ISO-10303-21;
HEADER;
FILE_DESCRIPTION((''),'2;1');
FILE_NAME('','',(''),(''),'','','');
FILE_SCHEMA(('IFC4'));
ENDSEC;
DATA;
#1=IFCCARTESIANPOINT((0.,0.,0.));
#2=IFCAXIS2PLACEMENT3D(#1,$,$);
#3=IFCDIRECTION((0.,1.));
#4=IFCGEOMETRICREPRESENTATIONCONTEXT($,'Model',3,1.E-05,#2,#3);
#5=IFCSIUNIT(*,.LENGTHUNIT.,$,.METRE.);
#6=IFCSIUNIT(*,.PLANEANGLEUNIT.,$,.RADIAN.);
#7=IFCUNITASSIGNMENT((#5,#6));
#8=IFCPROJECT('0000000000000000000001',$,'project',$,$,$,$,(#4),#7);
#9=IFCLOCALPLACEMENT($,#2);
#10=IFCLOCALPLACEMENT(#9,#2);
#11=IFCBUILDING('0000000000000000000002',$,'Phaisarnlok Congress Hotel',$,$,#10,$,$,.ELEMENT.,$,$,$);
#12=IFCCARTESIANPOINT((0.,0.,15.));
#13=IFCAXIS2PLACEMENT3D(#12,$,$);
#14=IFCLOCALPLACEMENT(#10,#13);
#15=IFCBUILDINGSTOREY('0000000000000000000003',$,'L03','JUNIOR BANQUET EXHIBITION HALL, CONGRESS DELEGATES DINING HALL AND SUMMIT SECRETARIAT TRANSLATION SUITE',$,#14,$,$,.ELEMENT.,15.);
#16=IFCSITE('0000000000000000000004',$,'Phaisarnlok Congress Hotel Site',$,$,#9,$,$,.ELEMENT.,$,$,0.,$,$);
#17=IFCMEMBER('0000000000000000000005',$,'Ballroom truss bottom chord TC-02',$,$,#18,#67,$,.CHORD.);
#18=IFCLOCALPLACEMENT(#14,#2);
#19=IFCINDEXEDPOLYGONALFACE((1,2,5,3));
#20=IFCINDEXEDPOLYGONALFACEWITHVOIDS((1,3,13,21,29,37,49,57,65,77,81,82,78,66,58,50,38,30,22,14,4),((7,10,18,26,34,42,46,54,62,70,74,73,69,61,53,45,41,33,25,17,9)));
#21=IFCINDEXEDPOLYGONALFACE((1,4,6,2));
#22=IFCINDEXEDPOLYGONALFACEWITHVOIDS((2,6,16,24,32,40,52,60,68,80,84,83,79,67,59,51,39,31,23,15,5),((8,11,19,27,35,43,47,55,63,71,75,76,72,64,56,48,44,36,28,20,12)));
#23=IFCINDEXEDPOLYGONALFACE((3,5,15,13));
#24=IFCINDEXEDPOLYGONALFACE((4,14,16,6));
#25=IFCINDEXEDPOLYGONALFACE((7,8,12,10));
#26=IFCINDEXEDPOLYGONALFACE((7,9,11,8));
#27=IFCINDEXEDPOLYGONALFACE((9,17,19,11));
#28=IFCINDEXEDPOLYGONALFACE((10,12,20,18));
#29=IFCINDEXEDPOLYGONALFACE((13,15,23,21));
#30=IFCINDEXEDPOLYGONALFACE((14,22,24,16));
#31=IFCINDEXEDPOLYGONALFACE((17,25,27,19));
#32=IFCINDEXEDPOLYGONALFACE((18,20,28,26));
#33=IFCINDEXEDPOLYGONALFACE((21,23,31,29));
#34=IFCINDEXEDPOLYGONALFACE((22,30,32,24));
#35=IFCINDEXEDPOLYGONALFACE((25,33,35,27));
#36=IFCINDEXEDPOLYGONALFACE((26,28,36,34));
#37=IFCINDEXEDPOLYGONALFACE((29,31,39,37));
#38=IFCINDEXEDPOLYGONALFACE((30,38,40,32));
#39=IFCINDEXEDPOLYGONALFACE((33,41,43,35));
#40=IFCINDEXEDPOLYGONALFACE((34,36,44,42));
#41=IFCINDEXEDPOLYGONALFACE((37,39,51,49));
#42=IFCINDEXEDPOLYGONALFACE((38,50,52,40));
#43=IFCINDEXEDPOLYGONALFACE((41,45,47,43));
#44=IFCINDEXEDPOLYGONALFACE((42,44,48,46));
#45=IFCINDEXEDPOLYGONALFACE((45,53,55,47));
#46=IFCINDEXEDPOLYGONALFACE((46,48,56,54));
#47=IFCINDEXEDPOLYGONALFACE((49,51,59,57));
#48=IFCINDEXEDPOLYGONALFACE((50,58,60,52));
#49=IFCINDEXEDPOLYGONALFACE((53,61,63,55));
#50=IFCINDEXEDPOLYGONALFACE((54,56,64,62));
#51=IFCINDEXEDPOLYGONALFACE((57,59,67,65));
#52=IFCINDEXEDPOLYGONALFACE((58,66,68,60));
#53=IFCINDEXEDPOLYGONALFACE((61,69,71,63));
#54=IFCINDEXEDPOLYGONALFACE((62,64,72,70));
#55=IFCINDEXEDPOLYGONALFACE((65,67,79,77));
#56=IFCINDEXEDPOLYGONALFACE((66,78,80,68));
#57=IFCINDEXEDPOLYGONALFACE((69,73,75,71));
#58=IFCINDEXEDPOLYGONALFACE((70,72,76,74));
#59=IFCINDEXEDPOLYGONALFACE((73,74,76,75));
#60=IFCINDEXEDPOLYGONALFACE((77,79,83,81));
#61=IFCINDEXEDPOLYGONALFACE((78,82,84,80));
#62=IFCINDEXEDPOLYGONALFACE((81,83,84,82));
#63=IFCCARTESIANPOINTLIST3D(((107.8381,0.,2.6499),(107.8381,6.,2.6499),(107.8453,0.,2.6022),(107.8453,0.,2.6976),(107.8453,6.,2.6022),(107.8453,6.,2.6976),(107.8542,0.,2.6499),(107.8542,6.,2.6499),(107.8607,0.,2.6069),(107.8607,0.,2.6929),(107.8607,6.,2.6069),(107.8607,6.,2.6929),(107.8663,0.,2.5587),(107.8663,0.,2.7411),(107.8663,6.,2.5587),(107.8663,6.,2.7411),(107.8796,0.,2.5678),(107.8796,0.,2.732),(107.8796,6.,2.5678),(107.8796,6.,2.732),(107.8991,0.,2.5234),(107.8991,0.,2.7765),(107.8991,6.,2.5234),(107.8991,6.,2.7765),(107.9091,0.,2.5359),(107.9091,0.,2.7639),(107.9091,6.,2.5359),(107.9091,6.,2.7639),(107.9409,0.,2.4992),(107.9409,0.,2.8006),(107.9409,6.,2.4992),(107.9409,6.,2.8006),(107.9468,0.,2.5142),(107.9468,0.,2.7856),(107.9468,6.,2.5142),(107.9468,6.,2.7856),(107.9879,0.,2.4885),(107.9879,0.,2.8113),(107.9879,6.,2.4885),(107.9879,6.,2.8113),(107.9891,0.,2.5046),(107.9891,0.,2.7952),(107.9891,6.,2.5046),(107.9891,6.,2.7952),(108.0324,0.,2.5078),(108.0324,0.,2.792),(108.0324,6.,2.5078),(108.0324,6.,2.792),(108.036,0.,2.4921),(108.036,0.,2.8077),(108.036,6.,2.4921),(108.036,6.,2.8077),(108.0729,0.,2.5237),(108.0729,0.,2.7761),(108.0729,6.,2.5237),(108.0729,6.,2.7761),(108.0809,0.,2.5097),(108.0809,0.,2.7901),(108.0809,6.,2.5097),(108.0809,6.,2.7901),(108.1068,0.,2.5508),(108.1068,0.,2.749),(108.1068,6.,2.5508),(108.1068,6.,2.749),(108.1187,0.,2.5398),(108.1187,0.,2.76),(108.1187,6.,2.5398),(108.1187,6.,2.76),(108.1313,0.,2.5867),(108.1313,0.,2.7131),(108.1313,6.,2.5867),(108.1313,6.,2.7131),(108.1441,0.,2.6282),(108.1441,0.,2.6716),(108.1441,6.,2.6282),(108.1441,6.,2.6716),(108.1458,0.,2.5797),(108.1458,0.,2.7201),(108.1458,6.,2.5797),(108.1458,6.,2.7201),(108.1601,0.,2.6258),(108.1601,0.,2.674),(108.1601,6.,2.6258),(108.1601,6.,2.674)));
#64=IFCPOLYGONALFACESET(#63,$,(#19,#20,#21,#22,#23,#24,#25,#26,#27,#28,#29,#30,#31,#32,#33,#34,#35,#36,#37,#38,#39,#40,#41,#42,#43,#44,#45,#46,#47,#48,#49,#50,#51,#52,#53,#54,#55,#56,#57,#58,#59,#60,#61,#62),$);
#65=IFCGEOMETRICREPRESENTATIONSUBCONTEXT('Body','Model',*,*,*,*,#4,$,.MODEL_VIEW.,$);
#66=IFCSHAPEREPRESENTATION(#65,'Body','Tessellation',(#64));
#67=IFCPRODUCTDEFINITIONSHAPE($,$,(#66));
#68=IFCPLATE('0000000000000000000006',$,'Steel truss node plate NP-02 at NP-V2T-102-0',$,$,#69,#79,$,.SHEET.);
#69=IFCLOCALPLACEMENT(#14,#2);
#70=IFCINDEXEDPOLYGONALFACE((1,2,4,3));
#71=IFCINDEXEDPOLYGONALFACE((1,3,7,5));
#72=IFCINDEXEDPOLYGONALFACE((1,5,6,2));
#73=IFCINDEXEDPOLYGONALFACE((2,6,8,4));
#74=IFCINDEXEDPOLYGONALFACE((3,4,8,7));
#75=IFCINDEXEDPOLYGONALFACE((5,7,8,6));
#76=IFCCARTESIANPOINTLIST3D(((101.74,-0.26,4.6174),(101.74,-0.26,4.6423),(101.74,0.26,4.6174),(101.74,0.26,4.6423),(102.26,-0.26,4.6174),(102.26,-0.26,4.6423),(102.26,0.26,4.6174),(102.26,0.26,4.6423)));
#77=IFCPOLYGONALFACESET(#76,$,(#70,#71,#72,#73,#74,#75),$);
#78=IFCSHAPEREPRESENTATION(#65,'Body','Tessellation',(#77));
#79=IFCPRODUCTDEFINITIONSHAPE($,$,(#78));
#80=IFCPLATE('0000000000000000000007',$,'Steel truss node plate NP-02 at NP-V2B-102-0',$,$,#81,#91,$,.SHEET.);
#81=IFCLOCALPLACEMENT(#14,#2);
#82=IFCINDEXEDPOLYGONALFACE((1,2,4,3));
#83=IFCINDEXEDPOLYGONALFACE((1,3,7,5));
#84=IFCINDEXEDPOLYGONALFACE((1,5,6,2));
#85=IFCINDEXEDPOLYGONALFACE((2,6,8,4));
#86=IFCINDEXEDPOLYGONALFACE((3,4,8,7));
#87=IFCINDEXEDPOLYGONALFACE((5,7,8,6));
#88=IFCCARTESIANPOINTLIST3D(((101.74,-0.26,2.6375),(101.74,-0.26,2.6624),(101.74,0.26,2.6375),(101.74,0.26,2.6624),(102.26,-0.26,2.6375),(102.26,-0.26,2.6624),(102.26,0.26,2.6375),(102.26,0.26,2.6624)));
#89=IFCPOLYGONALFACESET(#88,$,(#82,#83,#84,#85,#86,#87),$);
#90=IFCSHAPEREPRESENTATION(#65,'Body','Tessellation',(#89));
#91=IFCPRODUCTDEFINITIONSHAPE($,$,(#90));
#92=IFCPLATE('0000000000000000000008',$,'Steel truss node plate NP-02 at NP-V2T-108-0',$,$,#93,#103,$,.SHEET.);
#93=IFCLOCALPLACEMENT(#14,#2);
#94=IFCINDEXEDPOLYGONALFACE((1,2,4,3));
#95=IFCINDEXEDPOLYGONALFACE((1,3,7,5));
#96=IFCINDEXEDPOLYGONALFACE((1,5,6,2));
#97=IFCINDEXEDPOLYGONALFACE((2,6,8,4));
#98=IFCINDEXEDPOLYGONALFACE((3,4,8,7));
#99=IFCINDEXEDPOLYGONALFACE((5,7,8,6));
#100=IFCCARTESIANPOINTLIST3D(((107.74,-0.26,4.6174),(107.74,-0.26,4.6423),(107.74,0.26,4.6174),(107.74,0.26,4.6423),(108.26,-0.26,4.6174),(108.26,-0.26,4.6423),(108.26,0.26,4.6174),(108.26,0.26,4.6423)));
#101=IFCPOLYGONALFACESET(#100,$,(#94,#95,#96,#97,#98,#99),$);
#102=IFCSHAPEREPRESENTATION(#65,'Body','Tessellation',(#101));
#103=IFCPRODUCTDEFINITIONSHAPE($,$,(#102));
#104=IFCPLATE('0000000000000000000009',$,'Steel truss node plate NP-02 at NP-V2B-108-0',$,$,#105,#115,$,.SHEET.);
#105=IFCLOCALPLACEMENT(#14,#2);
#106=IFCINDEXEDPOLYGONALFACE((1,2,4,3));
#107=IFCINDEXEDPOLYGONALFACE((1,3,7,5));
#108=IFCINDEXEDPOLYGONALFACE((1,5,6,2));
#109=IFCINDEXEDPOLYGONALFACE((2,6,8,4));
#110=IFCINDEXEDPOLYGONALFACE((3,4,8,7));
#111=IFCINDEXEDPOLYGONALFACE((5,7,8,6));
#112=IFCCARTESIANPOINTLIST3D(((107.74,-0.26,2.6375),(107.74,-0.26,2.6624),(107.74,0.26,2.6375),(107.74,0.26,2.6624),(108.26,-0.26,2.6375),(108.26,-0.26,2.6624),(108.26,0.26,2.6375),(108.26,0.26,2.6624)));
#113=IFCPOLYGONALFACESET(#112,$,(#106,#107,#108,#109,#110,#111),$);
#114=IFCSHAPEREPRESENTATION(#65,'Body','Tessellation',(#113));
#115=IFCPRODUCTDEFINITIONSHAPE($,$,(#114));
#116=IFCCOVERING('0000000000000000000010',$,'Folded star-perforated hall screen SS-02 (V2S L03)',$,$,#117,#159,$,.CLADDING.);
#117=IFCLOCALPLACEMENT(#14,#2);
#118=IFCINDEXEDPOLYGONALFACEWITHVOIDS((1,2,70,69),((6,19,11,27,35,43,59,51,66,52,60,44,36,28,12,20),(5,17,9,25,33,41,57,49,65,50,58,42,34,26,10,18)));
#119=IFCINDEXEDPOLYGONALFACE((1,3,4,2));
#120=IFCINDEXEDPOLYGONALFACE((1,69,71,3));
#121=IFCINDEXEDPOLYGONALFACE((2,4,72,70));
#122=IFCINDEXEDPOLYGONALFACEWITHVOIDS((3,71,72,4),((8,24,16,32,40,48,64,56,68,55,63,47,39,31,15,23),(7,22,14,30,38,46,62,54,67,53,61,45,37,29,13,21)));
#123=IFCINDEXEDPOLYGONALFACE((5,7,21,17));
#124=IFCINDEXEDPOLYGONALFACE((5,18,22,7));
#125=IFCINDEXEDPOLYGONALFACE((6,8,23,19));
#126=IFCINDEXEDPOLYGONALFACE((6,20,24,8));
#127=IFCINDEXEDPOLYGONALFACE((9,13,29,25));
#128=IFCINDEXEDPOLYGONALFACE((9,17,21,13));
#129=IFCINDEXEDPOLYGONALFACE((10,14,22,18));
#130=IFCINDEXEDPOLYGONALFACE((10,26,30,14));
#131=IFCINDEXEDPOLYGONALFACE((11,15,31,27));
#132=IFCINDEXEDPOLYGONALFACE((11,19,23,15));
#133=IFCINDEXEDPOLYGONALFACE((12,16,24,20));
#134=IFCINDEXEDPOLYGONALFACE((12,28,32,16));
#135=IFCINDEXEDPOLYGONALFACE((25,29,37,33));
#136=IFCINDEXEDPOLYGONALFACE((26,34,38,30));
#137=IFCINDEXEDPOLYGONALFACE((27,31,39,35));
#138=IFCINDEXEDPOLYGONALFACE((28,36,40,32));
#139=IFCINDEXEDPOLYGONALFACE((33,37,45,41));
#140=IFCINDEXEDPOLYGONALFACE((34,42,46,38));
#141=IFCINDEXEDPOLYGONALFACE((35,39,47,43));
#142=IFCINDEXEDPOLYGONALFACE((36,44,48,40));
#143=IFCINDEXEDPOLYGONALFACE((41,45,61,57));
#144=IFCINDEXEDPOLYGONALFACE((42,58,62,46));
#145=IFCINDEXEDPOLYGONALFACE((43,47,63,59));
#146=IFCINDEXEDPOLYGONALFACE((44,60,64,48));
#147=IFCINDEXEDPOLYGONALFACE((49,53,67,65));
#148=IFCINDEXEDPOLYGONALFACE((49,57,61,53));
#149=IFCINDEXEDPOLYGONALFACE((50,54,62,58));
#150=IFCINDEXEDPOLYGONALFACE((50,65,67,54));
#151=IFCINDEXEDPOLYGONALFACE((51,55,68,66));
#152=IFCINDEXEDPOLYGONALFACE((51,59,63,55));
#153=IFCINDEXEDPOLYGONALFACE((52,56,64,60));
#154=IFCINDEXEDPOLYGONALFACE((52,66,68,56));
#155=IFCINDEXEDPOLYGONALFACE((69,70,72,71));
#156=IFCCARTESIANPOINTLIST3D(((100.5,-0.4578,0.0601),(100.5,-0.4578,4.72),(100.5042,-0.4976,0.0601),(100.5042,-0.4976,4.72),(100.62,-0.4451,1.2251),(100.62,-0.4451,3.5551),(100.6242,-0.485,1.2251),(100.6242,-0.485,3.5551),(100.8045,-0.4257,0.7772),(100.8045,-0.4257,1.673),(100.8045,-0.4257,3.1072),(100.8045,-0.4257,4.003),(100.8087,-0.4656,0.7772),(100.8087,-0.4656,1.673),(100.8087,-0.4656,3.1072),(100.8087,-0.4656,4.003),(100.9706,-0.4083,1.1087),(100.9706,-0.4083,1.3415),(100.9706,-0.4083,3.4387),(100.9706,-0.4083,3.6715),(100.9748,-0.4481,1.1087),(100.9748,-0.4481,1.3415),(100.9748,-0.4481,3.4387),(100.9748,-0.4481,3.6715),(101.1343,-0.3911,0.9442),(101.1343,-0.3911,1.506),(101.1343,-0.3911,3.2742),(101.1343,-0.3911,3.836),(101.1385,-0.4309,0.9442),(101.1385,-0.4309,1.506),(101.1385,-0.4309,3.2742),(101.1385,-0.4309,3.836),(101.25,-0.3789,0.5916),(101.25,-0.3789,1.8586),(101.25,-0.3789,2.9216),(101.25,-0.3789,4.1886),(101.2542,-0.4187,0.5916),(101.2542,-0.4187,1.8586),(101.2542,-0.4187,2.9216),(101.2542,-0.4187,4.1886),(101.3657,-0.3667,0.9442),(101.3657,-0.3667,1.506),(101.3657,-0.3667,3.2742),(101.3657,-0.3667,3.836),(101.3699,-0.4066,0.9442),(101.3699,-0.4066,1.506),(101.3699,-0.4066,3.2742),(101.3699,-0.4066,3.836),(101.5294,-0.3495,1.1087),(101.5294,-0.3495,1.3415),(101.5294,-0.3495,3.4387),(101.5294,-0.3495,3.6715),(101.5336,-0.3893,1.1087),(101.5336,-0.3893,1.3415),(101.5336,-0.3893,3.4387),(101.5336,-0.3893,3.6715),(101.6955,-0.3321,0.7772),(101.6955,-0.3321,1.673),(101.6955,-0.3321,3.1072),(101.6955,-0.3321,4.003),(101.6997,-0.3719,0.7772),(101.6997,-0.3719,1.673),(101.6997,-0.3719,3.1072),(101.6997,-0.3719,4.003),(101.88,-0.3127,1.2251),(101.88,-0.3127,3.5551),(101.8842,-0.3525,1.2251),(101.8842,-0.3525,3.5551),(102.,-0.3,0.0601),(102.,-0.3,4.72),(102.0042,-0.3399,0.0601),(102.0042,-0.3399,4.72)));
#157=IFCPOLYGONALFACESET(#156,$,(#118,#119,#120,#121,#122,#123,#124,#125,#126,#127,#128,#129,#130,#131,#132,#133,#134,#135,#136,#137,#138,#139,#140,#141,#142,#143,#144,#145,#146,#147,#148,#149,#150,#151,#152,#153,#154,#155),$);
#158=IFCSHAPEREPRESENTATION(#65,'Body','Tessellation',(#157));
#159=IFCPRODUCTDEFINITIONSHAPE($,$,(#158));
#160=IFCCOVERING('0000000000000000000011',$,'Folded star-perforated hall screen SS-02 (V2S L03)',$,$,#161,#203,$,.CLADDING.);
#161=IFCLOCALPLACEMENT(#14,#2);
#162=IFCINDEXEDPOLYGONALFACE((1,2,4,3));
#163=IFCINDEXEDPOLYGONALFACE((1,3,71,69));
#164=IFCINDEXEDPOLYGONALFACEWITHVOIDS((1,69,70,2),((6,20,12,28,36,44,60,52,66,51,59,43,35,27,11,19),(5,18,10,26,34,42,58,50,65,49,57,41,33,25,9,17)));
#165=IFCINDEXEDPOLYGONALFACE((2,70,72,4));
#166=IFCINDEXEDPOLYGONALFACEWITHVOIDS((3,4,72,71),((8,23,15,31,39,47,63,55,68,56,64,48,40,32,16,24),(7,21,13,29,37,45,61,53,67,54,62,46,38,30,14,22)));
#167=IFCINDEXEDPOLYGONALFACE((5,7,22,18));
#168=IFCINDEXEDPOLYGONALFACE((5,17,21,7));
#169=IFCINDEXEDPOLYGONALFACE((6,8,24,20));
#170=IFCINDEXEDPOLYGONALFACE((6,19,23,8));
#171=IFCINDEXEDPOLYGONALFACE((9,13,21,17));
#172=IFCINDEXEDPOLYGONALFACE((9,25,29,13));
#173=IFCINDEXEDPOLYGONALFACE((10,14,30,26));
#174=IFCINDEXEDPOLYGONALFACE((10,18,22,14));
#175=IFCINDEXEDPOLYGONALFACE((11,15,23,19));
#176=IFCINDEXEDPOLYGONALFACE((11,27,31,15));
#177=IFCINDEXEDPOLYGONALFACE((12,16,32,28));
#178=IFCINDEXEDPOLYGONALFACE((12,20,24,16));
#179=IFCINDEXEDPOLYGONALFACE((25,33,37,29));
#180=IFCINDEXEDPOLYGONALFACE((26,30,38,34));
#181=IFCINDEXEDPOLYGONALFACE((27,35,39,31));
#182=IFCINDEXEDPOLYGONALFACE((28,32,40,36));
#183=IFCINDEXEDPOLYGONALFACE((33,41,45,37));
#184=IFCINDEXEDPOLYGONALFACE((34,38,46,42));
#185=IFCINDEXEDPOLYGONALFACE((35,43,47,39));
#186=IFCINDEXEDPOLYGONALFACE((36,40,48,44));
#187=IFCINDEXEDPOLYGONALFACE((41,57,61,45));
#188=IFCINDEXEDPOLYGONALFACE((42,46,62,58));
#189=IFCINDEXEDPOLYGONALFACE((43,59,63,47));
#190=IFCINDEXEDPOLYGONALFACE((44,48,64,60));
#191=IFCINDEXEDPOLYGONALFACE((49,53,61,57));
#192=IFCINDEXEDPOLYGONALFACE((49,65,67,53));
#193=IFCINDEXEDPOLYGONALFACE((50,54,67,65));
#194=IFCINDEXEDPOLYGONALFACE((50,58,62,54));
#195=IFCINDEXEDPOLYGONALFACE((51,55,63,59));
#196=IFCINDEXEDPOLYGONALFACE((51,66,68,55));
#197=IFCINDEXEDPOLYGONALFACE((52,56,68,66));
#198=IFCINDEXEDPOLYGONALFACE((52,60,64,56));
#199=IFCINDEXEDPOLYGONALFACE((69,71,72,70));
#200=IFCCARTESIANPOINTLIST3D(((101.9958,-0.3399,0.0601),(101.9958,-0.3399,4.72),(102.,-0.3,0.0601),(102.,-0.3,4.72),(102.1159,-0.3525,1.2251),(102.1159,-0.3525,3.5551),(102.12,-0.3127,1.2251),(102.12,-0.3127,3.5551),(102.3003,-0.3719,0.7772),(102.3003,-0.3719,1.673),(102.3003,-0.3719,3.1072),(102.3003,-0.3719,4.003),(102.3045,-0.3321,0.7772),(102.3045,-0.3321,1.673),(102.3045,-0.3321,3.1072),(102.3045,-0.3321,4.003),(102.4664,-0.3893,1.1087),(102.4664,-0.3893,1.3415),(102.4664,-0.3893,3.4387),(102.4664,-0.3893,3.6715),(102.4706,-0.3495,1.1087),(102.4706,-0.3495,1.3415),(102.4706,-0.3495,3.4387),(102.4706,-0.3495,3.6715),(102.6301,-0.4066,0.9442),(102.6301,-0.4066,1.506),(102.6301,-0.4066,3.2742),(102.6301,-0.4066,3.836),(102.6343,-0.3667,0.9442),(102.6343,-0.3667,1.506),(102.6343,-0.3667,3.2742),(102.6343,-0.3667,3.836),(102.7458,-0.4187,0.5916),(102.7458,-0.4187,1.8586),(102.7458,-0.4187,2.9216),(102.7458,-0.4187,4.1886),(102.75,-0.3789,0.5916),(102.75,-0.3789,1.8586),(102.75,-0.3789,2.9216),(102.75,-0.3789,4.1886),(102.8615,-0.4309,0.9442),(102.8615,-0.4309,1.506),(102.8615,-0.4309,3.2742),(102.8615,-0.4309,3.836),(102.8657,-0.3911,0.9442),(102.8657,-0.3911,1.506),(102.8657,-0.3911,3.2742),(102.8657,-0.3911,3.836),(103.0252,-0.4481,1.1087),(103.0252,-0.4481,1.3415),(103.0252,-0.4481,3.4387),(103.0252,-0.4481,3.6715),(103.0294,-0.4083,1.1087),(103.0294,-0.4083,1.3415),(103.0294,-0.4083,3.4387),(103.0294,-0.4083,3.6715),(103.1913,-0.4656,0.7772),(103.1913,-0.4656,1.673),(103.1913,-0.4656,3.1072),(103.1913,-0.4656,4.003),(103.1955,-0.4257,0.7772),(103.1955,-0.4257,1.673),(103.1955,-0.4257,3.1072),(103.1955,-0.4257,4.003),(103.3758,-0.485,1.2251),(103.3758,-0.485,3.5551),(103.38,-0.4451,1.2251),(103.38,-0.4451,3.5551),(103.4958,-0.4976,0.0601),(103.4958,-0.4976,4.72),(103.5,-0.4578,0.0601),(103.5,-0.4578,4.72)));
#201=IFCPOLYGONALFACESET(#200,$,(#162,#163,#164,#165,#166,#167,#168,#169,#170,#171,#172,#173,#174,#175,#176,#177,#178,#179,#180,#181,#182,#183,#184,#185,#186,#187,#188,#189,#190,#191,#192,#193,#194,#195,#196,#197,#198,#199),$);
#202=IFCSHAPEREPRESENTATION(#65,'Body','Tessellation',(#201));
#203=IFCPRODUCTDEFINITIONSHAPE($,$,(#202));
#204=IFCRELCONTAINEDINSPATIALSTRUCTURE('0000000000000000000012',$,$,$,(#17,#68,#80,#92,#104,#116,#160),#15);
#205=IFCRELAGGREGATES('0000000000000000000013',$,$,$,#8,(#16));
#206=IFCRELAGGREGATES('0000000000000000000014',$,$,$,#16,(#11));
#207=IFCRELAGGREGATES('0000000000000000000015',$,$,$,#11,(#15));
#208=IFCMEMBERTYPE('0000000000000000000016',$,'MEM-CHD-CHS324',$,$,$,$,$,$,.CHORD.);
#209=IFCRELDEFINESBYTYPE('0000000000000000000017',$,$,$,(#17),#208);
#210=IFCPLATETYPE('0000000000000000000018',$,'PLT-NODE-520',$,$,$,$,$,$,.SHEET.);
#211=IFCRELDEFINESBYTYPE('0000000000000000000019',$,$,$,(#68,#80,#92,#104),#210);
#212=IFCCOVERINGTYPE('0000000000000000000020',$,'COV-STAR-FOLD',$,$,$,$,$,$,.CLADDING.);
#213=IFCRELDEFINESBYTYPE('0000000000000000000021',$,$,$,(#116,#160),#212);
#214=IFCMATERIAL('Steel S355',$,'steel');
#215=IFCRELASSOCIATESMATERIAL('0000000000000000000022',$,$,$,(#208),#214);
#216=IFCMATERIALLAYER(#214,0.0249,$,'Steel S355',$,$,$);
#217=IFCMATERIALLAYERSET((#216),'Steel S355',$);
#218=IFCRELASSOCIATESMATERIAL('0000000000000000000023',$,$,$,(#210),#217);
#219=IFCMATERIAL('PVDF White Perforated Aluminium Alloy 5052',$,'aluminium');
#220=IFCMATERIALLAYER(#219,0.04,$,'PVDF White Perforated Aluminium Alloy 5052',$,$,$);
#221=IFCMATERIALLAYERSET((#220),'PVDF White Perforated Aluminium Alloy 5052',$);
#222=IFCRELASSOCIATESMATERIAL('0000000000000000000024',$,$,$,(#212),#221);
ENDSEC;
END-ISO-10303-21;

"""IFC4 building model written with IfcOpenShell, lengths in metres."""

from ifc_helpers import new_model, si_unit, direction, frame, origin, origin_2d, place, context, subcontext, project, spatial, polyline, rectangle, hollow_circle, outline, extrude, material, layer, layer_set, material_profile, profile_set, type_object, element, save


model = new_model("IFC4")

# Units and contexts
model_context = context("Model", 3, precision=1e-05, world=origin(), true_north=direction((0.0, 1.0)))
body_context = subcontext(model_context, "Body", "Model", "MODEL_VIEW")
ifc_project = project(units=[si_unit("LENGTHUNIT", "METRE"), si_unit("PLANEANGLEUNIT", "RADIAN")], contexts=[model_context])

# Site, building, storey
site_placement = place(None, origin())
site = spatial("IfcSite", under=ifc_project, at=site_placement, Name="Phaisarnlok Congress Hotel Site", CompositionType="ELEMENT", RefElevation=0.0)
building_placement = place(site_placement, origin())
building = spatial("IfcBuilding", under=site, at=building_placement, Name="Phaisarnlok Congress Hotel", CompositionType="ELEMENT")
storey_placement = place(building_placement, frame((0.0, 0.0, 15.0)))
storey = spatial("IfcBuildingStorey", under=building, at=storey_placement, Name="L03", Description="JUNIOR BANQUET EXHIBITION HALL, CONGRESS DELEGATES DINING HALL AND SUMMIT SECRETARIAT TRANSLATION SUITE", CompositionType="ELEMENT", Elevation=15.0)

# Shared definitions
ifc_material_1 = material(Name="Steel S355", Category="steel")

# Member
ifc_material_profile_1 = material_profile(ifc_material_1, hollow_circle(Radius=0.1619, WallThickness=0.0161, at=origin_2d()), Name="CHS 323.9x16")
ifc_profile_set_1 = profile_set([ifc_material_profile_1], Name="Steel S355")
member_type_1 = type_object("IfcMemberType", Name="MEM-CHD-CHS324", PredefinedType="CHORD", material=ifc_profile_set_1)
for number, where, z_axis, x_axis, name in (
    (1, (108.0, 0.0, 2.6499), (0.0, 1.0, 0.0), (-1.0, 0.0, 0.0), "Ballroom truss bottom chord TC-02"),
):
    element("IfcMember", number, at=place(storey_placement, frame(where, z_axis=z_axis, x_axis=x_axis)), inside=storey, type_object=member_type_1, Name=name, PredefinedType="CHORD", context=body_context, shape_type="SweptSolid", body=[
        extrude(hollow_circle(Radius=0.1619, WallThickness=0.0161, at=origin_2d()), origin(), (0.0, 0.0, 1.0), 6.0),
    ])

# Plates
ifc_layer_1 = layer(ifc_material_1, 0.0249, Name="Steel S355")
ifc_layer_set_1 = layer_set([ifc_layer_1], Name="Steel S355")
plate_type = type_object("IfcPlateType", Name="PLT-NODE-520", PredefinedType="SHEET", material=ifc_layer_set_1)
for number, where, z_axis, x_axis, name in (
    (2, (102.0, 0.0, 4.6174), (0.0, 0.0, 1.0), (1.0, 0.0, 0.0), "Steel truss node plate NP-02 at NP-V2T-102-0"),
    (3, (102.0, 0.0, 2.6375), (0.0, 0.0, 1.0), (1.0, 0.0, 0.0), "Steel truss node plate NP-02 at NP-V2B-102-0"),
    (4, (108.0, 0.0, 4.6174), (0.0, 0.0, 1.0), (1.0, 0.0, 0.0), "Steel truss node plate NP-02 at NP-V2T-108-0"),
    (5, (108.0, 0.0, 2.6375), (0.0, 0.0, 1.0), (1.0, 0.0, 0.0), "Steel truss node plate NP-02 at NP-V2B-108-0"),
):
    element("IfcPlate", number, at=place(storey_placement, frame(where, z_axis=z_axis, x_axis=x_axis)), inside=storey, type_object=plate_type, Name=name, PredefinedType="SHEET", context=body_context, shape_type="SweptSolid", body=[
        extrude(rectangle(XDim=0.52, YDim=0.52, at=origin_2d()), origin(), (0.0, 0.0, 1.0), 0.0249),
    ])

# Coverings
ifc_material_2 = material(Name="PVDF White Perforated Aluminium Alloy 5052", Category="aluminium")
ifc_layer_2 = layer(ifc_material_2, 0.04, Name="PVDF White Perforated Aluminium Alloy 5052")
ifc_layer_set_2 = layer_set([ifc_layer_2], Name="PVDF White Perforated Aluminium Alloy 5052")
covering_type = type_object("IfcCoveringType", Name="COV-STAR-FOLD", PredefinedType="CLADDING", material=ifc_layer_set_2)
for number, where, z_axis, x_axis, name in (
    (6, (100.5, -0.4578, 0.0601), (0.104567, -0.994518, 0.0), (0.994518, 0.104567, 0.0), "Folded star-perforated hall screen SS-02 (V2S L03)"),
    (7, (102.0, -0.3, 0.0601), (-0.104567, -0.994518, 0.0), (0.994518, -0.104567, 0.0), "Folded star-perforated hall screen SS-02 (V2S L03)"),
):
    element("IfcCovering", number, at=place(storey_placement, frame(where, z_axis=z_axis, x_axis=x_axis)), inside=storey, type_object=covering_type, Name=name, PredefinedType="CLADDING", context=body_context, shape_type="SweptSolid", body=[
        extrude(outline(polyline([(0.0, 0.0), (1.5083, 0.0), (1.5083, 4.6599), (0.0, 4.6599), (0.0, 0.0)]), holes=[polyline([(1.0351, 1.0486), (1.2021, 0.7171), (0.8705, 0.8841), (0.7541, 0.5315), (0.6378, 0.8841), (0.3062, 0.7171), (0.4732, 1.0486), (0.1207, 1.165), (0.4732, 1.2814), (0.3062, 1.6129), (0.6378, 1.4459), (0.7541, 1.7985), (0.8705, 1.4459), (1.2021, 1.6129), (1.0351, 1.2814), (1.3876, 1.165), (1.0351, 1.0486)]), polyline([(1.0351, 3.3786), (1.2021, 3.0471), (0.8705, 3.2141), (0.7541, 2.8615), (0.6378, 3.2141), (0.3062, 3.0471), (0.4732, 3.3786), (0.1207, 3.495), (0.4732, 3.6114), (0.3062, 3.9429), (0.6378, 3.7759), (0.7541, 4.1285), (0.8705, 3.7759), (1.2021, 3.9429), (1.0351, 3.6114), (1.3876, 3.495), (1.0351, 3.3786)])]), origin(), (0.0, 0.0, 1.0), 0.04),
    ])

save(model, "model.ifc")
